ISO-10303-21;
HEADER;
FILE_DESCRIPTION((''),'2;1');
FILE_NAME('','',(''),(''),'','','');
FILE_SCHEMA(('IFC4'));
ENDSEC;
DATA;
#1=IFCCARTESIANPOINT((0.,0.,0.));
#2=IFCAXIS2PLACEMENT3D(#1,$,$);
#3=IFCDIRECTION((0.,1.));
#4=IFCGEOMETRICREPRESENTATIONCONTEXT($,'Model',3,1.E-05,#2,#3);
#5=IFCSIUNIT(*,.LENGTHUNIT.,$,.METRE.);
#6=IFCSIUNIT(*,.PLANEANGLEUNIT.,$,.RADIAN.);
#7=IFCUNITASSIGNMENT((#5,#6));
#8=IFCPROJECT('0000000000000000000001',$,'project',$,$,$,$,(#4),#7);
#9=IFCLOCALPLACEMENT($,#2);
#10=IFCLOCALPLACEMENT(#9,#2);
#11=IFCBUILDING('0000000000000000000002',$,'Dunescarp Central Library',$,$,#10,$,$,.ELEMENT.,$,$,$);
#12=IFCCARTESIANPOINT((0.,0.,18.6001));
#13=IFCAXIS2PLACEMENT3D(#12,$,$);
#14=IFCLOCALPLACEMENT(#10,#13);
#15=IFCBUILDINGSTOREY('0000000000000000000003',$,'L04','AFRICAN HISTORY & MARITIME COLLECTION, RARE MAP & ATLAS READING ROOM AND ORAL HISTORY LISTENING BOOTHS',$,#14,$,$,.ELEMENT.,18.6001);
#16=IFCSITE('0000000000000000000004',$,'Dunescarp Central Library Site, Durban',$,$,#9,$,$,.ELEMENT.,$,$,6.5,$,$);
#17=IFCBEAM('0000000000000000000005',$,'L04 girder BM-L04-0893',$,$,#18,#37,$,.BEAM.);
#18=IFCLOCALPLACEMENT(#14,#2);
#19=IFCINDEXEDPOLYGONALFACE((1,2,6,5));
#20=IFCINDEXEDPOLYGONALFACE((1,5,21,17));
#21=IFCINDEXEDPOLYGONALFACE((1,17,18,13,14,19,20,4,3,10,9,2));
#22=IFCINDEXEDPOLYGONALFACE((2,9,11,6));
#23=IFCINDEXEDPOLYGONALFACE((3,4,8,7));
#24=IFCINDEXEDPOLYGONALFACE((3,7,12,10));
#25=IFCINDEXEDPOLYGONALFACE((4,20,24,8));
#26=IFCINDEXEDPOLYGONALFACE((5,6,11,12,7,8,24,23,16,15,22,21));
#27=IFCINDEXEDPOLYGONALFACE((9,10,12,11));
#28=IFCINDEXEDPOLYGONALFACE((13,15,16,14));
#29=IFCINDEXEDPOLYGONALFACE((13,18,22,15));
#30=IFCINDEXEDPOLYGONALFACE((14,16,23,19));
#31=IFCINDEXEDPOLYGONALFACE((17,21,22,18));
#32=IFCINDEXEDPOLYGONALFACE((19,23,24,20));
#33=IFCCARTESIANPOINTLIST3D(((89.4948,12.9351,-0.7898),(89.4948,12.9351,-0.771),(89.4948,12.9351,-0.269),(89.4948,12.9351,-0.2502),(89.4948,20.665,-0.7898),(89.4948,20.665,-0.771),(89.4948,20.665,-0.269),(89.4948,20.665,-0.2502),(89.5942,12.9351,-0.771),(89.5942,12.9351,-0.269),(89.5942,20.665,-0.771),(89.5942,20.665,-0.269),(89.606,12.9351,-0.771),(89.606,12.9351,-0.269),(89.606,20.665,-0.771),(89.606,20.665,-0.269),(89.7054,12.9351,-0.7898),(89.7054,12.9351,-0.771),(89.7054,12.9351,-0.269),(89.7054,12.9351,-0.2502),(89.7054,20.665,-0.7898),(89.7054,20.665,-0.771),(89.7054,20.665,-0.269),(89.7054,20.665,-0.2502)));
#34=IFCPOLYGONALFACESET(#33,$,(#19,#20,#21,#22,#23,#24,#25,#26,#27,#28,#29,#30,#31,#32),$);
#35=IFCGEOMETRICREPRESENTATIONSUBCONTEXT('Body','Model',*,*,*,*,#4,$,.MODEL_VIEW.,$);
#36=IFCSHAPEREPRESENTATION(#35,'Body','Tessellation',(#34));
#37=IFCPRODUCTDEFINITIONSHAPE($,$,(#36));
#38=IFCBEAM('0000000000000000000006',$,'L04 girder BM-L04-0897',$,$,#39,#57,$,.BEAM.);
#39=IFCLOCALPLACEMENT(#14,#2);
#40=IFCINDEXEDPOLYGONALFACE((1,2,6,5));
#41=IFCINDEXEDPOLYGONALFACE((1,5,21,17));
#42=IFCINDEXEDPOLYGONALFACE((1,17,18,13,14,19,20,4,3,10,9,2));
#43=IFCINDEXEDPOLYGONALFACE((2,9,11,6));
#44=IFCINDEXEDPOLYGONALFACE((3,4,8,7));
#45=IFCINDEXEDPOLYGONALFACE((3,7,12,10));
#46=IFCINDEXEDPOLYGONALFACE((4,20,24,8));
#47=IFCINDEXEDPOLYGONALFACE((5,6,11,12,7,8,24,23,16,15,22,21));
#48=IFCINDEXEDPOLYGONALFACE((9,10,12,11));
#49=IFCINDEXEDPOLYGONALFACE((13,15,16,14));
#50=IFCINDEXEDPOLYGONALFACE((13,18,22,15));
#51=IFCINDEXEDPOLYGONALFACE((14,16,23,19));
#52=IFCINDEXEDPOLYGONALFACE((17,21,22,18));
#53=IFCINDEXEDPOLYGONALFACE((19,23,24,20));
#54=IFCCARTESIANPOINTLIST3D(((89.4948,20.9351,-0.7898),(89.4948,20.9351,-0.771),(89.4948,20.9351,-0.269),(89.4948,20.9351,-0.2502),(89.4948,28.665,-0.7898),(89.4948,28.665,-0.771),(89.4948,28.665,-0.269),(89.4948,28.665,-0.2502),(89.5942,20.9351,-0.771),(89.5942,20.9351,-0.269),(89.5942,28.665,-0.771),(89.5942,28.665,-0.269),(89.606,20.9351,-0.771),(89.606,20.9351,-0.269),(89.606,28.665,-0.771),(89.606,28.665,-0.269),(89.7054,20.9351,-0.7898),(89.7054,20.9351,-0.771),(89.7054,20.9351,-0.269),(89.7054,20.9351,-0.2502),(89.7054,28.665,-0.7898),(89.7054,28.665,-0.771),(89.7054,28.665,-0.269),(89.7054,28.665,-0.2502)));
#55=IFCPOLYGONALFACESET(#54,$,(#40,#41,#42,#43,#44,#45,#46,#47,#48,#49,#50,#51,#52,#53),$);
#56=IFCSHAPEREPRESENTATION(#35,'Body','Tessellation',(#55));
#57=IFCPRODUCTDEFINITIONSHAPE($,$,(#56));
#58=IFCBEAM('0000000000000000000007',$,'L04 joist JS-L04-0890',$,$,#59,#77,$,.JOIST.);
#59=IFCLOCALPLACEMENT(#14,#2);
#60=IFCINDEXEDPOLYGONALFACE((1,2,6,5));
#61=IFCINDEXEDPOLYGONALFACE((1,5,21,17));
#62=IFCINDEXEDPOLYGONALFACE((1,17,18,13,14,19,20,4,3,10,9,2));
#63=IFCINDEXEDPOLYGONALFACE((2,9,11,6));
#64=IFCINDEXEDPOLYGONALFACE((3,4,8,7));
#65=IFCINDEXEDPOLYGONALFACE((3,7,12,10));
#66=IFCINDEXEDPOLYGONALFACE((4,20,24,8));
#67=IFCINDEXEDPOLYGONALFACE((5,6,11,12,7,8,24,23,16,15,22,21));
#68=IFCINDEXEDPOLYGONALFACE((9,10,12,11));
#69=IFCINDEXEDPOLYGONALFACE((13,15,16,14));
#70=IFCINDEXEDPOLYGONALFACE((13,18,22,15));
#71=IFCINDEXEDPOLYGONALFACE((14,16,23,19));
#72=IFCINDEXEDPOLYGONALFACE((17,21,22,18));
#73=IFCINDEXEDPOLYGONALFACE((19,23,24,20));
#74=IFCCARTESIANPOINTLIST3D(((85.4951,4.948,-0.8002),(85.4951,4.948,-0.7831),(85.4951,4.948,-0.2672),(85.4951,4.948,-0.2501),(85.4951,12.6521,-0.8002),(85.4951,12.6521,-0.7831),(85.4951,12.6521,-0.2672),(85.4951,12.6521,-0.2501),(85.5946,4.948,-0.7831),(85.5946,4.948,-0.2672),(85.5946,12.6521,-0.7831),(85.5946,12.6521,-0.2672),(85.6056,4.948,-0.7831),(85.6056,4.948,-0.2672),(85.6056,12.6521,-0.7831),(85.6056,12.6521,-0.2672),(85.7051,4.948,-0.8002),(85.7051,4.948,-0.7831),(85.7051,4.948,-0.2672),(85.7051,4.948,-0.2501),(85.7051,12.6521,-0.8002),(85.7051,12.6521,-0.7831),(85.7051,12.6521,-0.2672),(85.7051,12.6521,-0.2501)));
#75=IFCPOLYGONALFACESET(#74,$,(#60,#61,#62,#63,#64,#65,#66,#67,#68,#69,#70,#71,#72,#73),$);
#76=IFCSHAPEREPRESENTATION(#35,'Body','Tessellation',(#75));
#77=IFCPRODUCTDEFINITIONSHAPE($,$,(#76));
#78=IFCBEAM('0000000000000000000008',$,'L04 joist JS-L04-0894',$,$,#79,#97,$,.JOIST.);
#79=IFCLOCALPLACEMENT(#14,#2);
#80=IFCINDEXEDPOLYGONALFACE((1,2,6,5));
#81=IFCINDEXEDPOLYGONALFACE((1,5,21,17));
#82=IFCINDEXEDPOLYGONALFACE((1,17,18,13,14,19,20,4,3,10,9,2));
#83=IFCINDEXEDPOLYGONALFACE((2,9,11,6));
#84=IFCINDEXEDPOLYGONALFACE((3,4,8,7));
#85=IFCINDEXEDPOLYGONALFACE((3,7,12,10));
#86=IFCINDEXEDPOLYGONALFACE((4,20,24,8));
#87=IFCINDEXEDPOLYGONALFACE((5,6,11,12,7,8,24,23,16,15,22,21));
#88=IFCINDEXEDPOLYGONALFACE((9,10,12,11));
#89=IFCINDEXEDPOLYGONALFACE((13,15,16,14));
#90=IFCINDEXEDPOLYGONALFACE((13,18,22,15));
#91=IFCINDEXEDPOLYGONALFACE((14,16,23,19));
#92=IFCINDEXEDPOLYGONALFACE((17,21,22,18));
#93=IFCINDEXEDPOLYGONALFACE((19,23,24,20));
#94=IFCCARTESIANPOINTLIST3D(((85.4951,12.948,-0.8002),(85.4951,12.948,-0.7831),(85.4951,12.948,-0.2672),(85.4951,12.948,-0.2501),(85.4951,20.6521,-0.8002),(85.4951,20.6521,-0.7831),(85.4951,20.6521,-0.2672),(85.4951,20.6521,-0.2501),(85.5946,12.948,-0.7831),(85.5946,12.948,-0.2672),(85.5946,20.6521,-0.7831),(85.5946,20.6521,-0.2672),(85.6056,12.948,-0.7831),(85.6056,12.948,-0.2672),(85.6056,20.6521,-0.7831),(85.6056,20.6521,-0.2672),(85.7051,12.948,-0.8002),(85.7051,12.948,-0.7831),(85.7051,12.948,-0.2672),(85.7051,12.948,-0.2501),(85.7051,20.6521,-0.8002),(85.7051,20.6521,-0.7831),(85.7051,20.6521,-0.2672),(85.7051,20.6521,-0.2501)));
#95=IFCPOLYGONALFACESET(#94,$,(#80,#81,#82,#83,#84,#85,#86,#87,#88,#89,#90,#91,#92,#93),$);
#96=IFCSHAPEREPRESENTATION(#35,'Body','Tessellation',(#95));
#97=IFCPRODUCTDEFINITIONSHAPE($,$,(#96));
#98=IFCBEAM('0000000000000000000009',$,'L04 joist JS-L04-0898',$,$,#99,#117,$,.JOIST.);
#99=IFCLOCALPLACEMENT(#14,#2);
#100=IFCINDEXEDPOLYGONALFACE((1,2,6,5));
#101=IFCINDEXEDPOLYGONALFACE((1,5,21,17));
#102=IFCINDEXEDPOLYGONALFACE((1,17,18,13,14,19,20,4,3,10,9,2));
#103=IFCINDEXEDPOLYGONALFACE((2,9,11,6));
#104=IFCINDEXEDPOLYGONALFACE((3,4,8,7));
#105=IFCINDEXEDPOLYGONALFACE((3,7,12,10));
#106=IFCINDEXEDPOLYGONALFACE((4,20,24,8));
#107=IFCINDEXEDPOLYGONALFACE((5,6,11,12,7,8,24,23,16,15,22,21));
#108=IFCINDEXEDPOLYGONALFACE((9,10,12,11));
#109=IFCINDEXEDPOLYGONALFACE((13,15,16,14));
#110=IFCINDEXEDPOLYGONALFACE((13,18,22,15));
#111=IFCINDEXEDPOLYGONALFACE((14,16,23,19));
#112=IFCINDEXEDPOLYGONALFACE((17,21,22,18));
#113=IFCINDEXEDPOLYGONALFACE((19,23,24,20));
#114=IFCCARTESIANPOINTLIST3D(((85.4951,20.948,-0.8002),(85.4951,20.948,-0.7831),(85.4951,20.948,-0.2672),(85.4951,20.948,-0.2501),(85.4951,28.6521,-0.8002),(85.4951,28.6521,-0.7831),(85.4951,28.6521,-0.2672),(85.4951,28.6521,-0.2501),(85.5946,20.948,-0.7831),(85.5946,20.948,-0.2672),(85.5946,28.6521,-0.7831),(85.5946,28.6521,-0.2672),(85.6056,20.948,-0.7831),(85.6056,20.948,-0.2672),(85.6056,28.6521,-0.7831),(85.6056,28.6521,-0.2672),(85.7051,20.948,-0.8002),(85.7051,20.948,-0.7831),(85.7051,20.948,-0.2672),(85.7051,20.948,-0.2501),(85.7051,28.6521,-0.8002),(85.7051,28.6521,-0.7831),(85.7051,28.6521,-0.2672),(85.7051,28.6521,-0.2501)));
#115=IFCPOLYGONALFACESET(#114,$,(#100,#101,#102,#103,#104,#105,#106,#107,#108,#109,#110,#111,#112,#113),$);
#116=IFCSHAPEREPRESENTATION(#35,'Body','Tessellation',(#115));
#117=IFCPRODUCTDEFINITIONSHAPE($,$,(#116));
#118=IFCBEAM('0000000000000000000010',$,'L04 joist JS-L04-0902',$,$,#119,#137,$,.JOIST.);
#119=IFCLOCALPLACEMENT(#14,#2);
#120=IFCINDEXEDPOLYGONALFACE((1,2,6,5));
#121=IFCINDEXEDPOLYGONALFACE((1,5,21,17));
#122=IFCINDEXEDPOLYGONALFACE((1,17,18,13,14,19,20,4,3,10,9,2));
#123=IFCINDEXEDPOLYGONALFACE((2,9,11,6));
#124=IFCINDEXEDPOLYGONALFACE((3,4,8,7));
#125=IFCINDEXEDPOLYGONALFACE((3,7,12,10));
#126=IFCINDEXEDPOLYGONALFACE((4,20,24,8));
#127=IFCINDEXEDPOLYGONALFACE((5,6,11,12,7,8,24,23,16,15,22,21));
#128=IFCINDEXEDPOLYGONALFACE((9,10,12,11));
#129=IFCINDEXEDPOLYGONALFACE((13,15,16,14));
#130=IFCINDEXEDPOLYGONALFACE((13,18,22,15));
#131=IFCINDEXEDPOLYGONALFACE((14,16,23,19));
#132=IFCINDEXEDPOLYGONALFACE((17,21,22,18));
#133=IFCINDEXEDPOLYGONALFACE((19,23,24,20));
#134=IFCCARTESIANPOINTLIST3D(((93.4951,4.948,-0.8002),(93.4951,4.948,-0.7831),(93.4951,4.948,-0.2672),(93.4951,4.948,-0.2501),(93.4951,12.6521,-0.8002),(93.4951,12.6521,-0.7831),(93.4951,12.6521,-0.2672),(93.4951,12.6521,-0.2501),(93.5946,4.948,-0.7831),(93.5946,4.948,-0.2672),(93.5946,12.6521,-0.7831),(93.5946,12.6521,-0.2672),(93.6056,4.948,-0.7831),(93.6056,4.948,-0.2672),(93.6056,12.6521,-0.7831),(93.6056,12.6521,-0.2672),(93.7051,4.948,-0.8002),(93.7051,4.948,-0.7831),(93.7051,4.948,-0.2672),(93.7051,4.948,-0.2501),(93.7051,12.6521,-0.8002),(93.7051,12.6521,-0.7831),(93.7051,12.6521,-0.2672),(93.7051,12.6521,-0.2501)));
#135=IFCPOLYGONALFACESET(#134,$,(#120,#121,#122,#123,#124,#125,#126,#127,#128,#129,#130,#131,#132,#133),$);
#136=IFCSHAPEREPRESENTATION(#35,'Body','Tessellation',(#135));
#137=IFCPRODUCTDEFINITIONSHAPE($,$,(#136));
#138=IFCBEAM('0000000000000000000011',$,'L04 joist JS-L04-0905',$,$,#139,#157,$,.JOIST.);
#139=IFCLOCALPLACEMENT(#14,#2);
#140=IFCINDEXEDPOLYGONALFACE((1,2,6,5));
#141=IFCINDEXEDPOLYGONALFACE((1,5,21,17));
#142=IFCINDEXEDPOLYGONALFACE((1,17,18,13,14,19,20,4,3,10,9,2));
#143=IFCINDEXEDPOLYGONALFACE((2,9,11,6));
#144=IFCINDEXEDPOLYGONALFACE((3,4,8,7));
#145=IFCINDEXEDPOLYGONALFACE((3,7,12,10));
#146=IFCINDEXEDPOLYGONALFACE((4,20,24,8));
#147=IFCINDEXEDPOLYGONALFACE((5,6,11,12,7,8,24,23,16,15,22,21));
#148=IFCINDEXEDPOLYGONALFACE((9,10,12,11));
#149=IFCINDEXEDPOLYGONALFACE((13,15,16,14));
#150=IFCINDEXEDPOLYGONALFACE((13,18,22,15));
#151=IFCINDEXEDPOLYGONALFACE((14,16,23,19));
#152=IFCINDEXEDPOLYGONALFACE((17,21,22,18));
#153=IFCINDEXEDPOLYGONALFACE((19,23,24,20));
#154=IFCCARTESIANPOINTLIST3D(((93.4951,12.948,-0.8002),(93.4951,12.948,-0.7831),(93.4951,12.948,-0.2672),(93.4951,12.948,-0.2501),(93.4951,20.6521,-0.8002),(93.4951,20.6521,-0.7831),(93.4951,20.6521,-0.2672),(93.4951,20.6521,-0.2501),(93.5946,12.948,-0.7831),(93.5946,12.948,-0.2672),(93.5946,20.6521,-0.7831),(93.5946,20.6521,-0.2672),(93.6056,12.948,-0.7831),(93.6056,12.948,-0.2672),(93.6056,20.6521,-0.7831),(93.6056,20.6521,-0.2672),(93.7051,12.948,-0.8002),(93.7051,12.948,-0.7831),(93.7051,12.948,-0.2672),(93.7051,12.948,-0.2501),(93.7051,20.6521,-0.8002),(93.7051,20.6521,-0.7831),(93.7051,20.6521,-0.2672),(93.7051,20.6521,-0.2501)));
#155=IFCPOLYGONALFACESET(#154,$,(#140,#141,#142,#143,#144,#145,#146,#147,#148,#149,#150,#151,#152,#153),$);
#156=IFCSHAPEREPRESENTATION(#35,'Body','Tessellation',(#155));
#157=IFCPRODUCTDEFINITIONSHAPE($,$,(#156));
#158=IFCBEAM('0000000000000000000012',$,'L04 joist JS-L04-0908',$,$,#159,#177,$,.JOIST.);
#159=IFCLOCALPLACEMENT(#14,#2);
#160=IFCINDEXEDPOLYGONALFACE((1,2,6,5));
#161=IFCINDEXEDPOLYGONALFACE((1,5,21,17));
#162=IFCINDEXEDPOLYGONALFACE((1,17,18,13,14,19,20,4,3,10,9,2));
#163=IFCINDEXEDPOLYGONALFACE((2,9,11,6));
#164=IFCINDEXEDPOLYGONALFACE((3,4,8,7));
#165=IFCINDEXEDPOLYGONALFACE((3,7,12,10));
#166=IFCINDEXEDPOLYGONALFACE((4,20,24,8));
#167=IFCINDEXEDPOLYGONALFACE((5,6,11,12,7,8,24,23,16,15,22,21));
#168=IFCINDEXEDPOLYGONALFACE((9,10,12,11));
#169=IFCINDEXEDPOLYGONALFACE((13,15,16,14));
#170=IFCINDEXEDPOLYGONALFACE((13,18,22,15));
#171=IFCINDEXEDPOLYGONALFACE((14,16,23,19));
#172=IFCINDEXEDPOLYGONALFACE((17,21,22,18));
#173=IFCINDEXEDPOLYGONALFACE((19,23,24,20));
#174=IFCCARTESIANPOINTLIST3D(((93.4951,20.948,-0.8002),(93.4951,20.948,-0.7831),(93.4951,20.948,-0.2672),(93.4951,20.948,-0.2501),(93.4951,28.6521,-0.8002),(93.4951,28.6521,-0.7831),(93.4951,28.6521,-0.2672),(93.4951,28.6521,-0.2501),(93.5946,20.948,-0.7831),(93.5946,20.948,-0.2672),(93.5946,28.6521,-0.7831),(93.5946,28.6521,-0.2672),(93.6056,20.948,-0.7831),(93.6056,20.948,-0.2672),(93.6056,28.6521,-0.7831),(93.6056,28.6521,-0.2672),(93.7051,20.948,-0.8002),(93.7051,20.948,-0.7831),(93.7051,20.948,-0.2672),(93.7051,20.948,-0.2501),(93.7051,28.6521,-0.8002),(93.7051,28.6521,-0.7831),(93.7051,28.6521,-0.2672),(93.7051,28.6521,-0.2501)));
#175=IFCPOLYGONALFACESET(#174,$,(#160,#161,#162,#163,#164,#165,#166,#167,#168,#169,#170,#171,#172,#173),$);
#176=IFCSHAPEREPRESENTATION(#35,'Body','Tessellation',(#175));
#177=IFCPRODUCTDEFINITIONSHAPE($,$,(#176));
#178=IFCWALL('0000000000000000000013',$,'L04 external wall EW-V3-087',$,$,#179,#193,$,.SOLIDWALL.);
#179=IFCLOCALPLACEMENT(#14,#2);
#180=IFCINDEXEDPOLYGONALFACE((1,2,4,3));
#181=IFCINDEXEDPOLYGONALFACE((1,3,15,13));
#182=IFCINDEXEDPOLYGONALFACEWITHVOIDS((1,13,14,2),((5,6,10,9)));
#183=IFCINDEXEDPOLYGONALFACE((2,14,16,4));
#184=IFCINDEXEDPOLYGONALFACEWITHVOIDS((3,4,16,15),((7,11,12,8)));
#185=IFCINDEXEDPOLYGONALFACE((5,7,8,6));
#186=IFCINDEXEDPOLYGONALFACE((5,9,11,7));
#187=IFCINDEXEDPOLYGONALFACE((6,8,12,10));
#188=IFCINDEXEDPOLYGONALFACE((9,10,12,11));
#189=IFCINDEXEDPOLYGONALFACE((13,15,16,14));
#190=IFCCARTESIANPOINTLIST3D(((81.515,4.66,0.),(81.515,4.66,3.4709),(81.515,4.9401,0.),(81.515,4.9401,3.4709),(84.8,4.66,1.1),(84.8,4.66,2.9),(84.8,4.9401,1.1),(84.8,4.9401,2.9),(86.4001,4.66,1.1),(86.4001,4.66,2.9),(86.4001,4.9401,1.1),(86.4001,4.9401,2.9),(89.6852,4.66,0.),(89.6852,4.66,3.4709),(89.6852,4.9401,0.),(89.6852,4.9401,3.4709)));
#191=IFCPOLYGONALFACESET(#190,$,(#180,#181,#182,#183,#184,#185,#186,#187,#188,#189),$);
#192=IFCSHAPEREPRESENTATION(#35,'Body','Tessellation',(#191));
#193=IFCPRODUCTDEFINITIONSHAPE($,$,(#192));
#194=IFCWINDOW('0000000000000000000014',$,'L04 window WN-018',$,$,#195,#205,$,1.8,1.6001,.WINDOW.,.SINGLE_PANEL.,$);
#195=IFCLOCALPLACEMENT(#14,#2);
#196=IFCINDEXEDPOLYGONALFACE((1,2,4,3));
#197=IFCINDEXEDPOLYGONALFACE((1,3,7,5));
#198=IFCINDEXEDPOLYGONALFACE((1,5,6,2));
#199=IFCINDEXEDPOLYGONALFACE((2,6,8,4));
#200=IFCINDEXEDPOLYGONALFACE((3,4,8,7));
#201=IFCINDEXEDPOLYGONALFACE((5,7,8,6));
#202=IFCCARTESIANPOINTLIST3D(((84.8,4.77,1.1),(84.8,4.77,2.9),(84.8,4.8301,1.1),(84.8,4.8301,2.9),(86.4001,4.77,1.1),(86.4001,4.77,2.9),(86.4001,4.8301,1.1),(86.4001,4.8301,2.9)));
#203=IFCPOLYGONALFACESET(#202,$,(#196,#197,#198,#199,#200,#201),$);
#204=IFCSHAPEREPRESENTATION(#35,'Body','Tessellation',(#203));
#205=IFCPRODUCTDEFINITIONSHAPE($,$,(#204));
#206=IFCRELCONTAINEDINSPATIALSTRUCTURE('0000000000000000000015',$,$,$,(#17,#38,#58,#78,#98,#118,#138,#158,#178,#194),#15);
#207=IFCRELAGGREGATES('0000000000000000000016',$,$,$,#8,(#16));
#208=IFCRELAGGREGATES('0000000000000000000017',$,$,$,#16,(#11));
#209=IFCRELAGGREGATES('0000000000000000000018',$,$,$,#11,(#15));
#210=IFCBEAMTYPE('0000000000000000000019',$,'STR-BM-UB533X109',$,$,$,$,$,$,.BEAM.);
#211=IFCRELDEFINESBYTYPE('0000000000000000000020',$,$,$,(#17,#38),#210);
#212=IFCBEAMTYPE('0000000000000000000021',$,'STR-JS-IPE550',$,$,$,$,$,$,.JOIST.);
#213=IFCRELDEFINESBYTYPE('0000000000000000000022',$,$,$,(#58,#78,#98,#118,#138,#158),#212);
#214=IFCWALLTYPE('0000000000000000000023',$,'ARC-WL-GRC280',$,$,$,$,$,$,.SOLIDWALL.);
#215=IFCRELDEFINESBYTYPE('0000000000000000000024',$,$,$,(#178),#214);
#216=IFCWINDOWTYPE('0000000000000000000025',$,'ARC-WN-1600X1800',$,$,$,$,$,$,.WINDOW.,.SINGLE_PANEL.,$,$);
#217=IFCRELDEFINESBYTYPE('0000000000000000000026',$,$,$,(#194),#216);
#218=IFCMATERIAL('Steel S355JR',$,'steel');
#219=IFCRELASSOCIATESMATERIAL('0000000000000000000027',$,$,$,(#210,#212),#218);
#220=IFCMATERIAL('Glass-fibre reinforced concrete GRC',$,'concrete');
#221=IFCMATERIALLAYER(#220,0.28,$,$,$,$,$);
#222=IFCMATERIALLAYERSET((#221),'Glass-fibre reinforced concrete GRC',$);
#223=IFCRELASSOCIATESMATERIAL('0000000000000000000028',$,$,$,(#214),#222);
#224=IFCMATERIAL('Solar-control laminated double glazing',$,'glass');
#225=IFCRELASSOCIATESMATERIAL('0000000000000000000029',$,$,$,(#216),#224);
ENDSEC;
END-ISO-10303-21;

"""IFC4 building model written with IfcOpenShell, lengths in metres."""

from ifc_helpers import new_model, si_unit, direction, frame, frame_2d, origin, origin_2d, place, context, subcontext, project, spatial, rectangle, i_section, extrude, material, layer, layer_set, material_profile, profile_set, type_object, element, fill, save


model = new_model("IFC4")

# Units and contexts
model_context = context("Model", 3, precision=1e-05, world=origin(), true_north=direction((0.0, 1.0)))
body_context = subcontext(model_context, "Body", "Model", "MODEL_VIEW")
ifc_project = project(units=[si_unit("LENGTHUNIT", "METRE"), si_unit("PLANEANGLEUNIT", "RADIAN")], contexts=[model_context])

# Site, building, storey
site_placement = place(None, origin())
site = spatial("IfcSite", under=ifc_project, at=site_placement, Name="Dunescarp Central Library Site, Durban", CompositionType="ELEMENT", RefElevation=6.5)
building_placement = place(site_placement, origin())
building = spatial("IfcBuilding", under=site, at=building_placement, Name="Dunescarp Central Library", CompositionType="ELEMENT")
storey_placement = place(building_placement, frame((0.0, 0.0, 18.6001)))
storey = spatial("IfcBuildingStorey", under=building, at=storey_placement, Name="L04", Description="AFRICAN HISTORY & MARITIME COLLECTION, RARE MAP & ATLAS READING ROOM AND ORAL HISTORY LISTENING BOOTHS", CompositionType="ELEMENT", Elevation=18.6001)

# Shared definitions
ifc_material_1 = material(Name="Steel S355JR", Category="steel")

# Beams
ifc_material_profile_1 = material_profile(ifc_material_1, i_section(OverallWidth=0.2107, OverallDepth=0.5396, WebThickness=0.0117, FlangeThickness=0.0188, at=origin_2d()), Name="UB 533x210x109")
ifc_profile_set_1 = profile_set([ifc_material_profile_1], Name="Steel S355JR")
beam_type_1 = type_object("IfcBeamType", Name="STR-BM-UB533X109", PredefinedType="BEAM", material=ifc_profile_set_1)
for number, where, z_axis, x_axis, name in (
    (1, (89.6001, 12.9351, -0.52), (0.0, 1.0, 0.0), (-1.0, 0.0, 0.0), "L04 girder BM-L04-0893"),
    (2, (89.6001, 20.9351, -0.52), (0.0, 1.0, 0.0), (-1.0, 0.0, 0.0), "L04 girder BM-L04-0897"),
):
    element("IfcBeam", number, at=place(storey_placement, frame(where, z_axis=z_axis, x_axis=x_axis)), inside=storey, type_object=beam_type_1, Name=name, PredefinedType="BEAM", context=body_context, shape_type="SweptSolid", body=[
        extrude(i_section(OverallWidth=0.2107, OverallDepth=0.5396, WebThickness=0.0117, FlangeThickness=0.0188, at=origin_2d()), origin(), (0.0, 0.0, 1.0), 7.73),
    ])
ifc_material_profile_2 = material_profile(ifc_material_1, i_section(OverallWidth=0.21, OverallDepth=0.55, WebThickness=0.011, FlangeThickness=0.0171, at=origin_2d()), Name="IPE 550")
ifc_profile_set_2 = profile_set([ifc_material_profile_2], Name="Steel S355JR")
beam_type_2 = type_object("IfcBeamType", Name="STR-JS-IPE550", PredefinedType="JOIST", material=ifc_profile_set_2)
for number, where, z_axis, x_axis, name in (
    (3, (85.6001, 4.948, -0.5251), (0.0, 1.0, 0.0), (-1.0, 0.0, 0.0), "L04 joist JS-L04-0890"),
    (4, (85.6001, 12.948, -0.5251), (0.0, 1.0, 0.0), (-1.0, 0.0, 0.0), "L04 joist JS-L04-0894"),
    (5, (85.6001, 20.948, -0.5251), (0.0, 1.0, 0.0), (-1.0, 0.0, 0.0), "L04 joist JS-L04-0898"),
    (6, (93.6001, 4.948, -0.5251), (0.0, 1.0, 0.0), (-1.0, 0.0, 0.0), "L04 joist JS-L04-0902"),
    (7, (93.6001, 12.948, -0.5251), (0.0, 1.0, 0.0), (-1.0, 0.0, 0.0), "L04 joist JS-L04-0905"),
    (8, (93.6001, 20.948, -0.5251), (0.0, 1.0, 0.0), (-1.0, 0.0, 0.0), "L04 joist JS-L04-0908"),
):
    element("IfcBeam", number, at=place(storey_placement, frame(where, z_axis=z_axis, x_axis=x_axis)), inside=storey, type_object=beam_type_2, Name=name, PredefinedType="JOIST", context=body_context, shape_type="SweptSolid", body=[
        extrude(i_section(OverallWidth=0.21, OverallDepth=0.55, WebThickness=0.011, FlangeThickness=0.0171, at=origin_2d()), origin(), (0.0, 0.0, 1.0), 7.7041),
    ])

# Wall, opening, window
ifc_material_2 = material(Name="Glass-fibre reinforced concrete GRC", Category="concrete")
ifc_layer_1 = layer(ifc_material_2, 0.28)
ifc_layer_set_1 = layer_set([ifc_layer_1], Name="Glass-fibre reinforced concrete GRC")
wall_type_1 = type_object("IfcWallType", Name="ARC-WL-GRC280", PredefinedType="SOLIDWALL", material=ifc_layer_set_1)
wall_1_placement = place(storey_placement, frame((89.6851, 4.8, 0.0), z_axis=(0.0, 0.0, 1.0), x_axis=(-1.0, 0.0, 0.0)))
wall_1 = element("IfcWall", 9, at=wall_1_placement, inside=storey, type_object=wall_type_1, Name="L04 external wall EW-V3-087", PredefinedType="SOLIDWALL", context=body_context, shape_type="SweptSolid", body=[
    extrude(rectangle(XDim=8.1702, YDim=0.28, at=frame_2d((4.085, 0.0))), origin(), (0.0, 0.0, 1.0), 3.4709),
])
opening_1_placement = place(wall_1_placement, frame((3.2849, 0.0, 1.1001)))
opening_1 = element("IfcOpeningElement", 10, at=opening_1_placement, cuts=wall_1, PredefinedType="OPENING", context=body_context, shape_type="SweptSolid", body=[
    extrude(rectangle(XDim=1.6001, YDim=1.8, at=frame_2d((0.8, 0.8999))), frame((0.0, 0.1499, 0.0), z_axis=(0.0, -1.0, 0.0), x_axis=(1.0, 0.0, 0.0)), (0.0, 0.0, 1.0), 0.3),
])
ifc_material_3 = material(Name="Solar-control laminated double glazing", Category="glass")
window_type_1 = type_object("IfcWindowType", Name="ARC-WN-1600X1800", PartitioningType="SINGLE_PANEL", PredefinedType="WINDOW", material=ifc_material_3)
window_1_placement = place(opening_1_placement, origin())
window_1 = element("IfcWindow", 11, at=window_1_placement, inside=storey, type_object=window_type_1, Name="L04 window WN-018", OverallHeight=1.8, OverallWidth=1.6001, PartitioningType="SINGLE_PANEL", PredefinedType="WINDOW", context=body_context, shape_type="SweptSolid", body=[
    extrude(rectangle(XDim=1.6001, YDim=1.8, at=frame_2d((0.8, 0.8999))), frame((0.0, 0.03, 0.0), z_axis=(0.0, -1.0, 0.0), x_axis=(1.0, 0.0, 0.0)), (0.0, 0.0, 1.0), 0.0601),
])
fill(opening_1, window_1)

save(model, "model.ifc")
